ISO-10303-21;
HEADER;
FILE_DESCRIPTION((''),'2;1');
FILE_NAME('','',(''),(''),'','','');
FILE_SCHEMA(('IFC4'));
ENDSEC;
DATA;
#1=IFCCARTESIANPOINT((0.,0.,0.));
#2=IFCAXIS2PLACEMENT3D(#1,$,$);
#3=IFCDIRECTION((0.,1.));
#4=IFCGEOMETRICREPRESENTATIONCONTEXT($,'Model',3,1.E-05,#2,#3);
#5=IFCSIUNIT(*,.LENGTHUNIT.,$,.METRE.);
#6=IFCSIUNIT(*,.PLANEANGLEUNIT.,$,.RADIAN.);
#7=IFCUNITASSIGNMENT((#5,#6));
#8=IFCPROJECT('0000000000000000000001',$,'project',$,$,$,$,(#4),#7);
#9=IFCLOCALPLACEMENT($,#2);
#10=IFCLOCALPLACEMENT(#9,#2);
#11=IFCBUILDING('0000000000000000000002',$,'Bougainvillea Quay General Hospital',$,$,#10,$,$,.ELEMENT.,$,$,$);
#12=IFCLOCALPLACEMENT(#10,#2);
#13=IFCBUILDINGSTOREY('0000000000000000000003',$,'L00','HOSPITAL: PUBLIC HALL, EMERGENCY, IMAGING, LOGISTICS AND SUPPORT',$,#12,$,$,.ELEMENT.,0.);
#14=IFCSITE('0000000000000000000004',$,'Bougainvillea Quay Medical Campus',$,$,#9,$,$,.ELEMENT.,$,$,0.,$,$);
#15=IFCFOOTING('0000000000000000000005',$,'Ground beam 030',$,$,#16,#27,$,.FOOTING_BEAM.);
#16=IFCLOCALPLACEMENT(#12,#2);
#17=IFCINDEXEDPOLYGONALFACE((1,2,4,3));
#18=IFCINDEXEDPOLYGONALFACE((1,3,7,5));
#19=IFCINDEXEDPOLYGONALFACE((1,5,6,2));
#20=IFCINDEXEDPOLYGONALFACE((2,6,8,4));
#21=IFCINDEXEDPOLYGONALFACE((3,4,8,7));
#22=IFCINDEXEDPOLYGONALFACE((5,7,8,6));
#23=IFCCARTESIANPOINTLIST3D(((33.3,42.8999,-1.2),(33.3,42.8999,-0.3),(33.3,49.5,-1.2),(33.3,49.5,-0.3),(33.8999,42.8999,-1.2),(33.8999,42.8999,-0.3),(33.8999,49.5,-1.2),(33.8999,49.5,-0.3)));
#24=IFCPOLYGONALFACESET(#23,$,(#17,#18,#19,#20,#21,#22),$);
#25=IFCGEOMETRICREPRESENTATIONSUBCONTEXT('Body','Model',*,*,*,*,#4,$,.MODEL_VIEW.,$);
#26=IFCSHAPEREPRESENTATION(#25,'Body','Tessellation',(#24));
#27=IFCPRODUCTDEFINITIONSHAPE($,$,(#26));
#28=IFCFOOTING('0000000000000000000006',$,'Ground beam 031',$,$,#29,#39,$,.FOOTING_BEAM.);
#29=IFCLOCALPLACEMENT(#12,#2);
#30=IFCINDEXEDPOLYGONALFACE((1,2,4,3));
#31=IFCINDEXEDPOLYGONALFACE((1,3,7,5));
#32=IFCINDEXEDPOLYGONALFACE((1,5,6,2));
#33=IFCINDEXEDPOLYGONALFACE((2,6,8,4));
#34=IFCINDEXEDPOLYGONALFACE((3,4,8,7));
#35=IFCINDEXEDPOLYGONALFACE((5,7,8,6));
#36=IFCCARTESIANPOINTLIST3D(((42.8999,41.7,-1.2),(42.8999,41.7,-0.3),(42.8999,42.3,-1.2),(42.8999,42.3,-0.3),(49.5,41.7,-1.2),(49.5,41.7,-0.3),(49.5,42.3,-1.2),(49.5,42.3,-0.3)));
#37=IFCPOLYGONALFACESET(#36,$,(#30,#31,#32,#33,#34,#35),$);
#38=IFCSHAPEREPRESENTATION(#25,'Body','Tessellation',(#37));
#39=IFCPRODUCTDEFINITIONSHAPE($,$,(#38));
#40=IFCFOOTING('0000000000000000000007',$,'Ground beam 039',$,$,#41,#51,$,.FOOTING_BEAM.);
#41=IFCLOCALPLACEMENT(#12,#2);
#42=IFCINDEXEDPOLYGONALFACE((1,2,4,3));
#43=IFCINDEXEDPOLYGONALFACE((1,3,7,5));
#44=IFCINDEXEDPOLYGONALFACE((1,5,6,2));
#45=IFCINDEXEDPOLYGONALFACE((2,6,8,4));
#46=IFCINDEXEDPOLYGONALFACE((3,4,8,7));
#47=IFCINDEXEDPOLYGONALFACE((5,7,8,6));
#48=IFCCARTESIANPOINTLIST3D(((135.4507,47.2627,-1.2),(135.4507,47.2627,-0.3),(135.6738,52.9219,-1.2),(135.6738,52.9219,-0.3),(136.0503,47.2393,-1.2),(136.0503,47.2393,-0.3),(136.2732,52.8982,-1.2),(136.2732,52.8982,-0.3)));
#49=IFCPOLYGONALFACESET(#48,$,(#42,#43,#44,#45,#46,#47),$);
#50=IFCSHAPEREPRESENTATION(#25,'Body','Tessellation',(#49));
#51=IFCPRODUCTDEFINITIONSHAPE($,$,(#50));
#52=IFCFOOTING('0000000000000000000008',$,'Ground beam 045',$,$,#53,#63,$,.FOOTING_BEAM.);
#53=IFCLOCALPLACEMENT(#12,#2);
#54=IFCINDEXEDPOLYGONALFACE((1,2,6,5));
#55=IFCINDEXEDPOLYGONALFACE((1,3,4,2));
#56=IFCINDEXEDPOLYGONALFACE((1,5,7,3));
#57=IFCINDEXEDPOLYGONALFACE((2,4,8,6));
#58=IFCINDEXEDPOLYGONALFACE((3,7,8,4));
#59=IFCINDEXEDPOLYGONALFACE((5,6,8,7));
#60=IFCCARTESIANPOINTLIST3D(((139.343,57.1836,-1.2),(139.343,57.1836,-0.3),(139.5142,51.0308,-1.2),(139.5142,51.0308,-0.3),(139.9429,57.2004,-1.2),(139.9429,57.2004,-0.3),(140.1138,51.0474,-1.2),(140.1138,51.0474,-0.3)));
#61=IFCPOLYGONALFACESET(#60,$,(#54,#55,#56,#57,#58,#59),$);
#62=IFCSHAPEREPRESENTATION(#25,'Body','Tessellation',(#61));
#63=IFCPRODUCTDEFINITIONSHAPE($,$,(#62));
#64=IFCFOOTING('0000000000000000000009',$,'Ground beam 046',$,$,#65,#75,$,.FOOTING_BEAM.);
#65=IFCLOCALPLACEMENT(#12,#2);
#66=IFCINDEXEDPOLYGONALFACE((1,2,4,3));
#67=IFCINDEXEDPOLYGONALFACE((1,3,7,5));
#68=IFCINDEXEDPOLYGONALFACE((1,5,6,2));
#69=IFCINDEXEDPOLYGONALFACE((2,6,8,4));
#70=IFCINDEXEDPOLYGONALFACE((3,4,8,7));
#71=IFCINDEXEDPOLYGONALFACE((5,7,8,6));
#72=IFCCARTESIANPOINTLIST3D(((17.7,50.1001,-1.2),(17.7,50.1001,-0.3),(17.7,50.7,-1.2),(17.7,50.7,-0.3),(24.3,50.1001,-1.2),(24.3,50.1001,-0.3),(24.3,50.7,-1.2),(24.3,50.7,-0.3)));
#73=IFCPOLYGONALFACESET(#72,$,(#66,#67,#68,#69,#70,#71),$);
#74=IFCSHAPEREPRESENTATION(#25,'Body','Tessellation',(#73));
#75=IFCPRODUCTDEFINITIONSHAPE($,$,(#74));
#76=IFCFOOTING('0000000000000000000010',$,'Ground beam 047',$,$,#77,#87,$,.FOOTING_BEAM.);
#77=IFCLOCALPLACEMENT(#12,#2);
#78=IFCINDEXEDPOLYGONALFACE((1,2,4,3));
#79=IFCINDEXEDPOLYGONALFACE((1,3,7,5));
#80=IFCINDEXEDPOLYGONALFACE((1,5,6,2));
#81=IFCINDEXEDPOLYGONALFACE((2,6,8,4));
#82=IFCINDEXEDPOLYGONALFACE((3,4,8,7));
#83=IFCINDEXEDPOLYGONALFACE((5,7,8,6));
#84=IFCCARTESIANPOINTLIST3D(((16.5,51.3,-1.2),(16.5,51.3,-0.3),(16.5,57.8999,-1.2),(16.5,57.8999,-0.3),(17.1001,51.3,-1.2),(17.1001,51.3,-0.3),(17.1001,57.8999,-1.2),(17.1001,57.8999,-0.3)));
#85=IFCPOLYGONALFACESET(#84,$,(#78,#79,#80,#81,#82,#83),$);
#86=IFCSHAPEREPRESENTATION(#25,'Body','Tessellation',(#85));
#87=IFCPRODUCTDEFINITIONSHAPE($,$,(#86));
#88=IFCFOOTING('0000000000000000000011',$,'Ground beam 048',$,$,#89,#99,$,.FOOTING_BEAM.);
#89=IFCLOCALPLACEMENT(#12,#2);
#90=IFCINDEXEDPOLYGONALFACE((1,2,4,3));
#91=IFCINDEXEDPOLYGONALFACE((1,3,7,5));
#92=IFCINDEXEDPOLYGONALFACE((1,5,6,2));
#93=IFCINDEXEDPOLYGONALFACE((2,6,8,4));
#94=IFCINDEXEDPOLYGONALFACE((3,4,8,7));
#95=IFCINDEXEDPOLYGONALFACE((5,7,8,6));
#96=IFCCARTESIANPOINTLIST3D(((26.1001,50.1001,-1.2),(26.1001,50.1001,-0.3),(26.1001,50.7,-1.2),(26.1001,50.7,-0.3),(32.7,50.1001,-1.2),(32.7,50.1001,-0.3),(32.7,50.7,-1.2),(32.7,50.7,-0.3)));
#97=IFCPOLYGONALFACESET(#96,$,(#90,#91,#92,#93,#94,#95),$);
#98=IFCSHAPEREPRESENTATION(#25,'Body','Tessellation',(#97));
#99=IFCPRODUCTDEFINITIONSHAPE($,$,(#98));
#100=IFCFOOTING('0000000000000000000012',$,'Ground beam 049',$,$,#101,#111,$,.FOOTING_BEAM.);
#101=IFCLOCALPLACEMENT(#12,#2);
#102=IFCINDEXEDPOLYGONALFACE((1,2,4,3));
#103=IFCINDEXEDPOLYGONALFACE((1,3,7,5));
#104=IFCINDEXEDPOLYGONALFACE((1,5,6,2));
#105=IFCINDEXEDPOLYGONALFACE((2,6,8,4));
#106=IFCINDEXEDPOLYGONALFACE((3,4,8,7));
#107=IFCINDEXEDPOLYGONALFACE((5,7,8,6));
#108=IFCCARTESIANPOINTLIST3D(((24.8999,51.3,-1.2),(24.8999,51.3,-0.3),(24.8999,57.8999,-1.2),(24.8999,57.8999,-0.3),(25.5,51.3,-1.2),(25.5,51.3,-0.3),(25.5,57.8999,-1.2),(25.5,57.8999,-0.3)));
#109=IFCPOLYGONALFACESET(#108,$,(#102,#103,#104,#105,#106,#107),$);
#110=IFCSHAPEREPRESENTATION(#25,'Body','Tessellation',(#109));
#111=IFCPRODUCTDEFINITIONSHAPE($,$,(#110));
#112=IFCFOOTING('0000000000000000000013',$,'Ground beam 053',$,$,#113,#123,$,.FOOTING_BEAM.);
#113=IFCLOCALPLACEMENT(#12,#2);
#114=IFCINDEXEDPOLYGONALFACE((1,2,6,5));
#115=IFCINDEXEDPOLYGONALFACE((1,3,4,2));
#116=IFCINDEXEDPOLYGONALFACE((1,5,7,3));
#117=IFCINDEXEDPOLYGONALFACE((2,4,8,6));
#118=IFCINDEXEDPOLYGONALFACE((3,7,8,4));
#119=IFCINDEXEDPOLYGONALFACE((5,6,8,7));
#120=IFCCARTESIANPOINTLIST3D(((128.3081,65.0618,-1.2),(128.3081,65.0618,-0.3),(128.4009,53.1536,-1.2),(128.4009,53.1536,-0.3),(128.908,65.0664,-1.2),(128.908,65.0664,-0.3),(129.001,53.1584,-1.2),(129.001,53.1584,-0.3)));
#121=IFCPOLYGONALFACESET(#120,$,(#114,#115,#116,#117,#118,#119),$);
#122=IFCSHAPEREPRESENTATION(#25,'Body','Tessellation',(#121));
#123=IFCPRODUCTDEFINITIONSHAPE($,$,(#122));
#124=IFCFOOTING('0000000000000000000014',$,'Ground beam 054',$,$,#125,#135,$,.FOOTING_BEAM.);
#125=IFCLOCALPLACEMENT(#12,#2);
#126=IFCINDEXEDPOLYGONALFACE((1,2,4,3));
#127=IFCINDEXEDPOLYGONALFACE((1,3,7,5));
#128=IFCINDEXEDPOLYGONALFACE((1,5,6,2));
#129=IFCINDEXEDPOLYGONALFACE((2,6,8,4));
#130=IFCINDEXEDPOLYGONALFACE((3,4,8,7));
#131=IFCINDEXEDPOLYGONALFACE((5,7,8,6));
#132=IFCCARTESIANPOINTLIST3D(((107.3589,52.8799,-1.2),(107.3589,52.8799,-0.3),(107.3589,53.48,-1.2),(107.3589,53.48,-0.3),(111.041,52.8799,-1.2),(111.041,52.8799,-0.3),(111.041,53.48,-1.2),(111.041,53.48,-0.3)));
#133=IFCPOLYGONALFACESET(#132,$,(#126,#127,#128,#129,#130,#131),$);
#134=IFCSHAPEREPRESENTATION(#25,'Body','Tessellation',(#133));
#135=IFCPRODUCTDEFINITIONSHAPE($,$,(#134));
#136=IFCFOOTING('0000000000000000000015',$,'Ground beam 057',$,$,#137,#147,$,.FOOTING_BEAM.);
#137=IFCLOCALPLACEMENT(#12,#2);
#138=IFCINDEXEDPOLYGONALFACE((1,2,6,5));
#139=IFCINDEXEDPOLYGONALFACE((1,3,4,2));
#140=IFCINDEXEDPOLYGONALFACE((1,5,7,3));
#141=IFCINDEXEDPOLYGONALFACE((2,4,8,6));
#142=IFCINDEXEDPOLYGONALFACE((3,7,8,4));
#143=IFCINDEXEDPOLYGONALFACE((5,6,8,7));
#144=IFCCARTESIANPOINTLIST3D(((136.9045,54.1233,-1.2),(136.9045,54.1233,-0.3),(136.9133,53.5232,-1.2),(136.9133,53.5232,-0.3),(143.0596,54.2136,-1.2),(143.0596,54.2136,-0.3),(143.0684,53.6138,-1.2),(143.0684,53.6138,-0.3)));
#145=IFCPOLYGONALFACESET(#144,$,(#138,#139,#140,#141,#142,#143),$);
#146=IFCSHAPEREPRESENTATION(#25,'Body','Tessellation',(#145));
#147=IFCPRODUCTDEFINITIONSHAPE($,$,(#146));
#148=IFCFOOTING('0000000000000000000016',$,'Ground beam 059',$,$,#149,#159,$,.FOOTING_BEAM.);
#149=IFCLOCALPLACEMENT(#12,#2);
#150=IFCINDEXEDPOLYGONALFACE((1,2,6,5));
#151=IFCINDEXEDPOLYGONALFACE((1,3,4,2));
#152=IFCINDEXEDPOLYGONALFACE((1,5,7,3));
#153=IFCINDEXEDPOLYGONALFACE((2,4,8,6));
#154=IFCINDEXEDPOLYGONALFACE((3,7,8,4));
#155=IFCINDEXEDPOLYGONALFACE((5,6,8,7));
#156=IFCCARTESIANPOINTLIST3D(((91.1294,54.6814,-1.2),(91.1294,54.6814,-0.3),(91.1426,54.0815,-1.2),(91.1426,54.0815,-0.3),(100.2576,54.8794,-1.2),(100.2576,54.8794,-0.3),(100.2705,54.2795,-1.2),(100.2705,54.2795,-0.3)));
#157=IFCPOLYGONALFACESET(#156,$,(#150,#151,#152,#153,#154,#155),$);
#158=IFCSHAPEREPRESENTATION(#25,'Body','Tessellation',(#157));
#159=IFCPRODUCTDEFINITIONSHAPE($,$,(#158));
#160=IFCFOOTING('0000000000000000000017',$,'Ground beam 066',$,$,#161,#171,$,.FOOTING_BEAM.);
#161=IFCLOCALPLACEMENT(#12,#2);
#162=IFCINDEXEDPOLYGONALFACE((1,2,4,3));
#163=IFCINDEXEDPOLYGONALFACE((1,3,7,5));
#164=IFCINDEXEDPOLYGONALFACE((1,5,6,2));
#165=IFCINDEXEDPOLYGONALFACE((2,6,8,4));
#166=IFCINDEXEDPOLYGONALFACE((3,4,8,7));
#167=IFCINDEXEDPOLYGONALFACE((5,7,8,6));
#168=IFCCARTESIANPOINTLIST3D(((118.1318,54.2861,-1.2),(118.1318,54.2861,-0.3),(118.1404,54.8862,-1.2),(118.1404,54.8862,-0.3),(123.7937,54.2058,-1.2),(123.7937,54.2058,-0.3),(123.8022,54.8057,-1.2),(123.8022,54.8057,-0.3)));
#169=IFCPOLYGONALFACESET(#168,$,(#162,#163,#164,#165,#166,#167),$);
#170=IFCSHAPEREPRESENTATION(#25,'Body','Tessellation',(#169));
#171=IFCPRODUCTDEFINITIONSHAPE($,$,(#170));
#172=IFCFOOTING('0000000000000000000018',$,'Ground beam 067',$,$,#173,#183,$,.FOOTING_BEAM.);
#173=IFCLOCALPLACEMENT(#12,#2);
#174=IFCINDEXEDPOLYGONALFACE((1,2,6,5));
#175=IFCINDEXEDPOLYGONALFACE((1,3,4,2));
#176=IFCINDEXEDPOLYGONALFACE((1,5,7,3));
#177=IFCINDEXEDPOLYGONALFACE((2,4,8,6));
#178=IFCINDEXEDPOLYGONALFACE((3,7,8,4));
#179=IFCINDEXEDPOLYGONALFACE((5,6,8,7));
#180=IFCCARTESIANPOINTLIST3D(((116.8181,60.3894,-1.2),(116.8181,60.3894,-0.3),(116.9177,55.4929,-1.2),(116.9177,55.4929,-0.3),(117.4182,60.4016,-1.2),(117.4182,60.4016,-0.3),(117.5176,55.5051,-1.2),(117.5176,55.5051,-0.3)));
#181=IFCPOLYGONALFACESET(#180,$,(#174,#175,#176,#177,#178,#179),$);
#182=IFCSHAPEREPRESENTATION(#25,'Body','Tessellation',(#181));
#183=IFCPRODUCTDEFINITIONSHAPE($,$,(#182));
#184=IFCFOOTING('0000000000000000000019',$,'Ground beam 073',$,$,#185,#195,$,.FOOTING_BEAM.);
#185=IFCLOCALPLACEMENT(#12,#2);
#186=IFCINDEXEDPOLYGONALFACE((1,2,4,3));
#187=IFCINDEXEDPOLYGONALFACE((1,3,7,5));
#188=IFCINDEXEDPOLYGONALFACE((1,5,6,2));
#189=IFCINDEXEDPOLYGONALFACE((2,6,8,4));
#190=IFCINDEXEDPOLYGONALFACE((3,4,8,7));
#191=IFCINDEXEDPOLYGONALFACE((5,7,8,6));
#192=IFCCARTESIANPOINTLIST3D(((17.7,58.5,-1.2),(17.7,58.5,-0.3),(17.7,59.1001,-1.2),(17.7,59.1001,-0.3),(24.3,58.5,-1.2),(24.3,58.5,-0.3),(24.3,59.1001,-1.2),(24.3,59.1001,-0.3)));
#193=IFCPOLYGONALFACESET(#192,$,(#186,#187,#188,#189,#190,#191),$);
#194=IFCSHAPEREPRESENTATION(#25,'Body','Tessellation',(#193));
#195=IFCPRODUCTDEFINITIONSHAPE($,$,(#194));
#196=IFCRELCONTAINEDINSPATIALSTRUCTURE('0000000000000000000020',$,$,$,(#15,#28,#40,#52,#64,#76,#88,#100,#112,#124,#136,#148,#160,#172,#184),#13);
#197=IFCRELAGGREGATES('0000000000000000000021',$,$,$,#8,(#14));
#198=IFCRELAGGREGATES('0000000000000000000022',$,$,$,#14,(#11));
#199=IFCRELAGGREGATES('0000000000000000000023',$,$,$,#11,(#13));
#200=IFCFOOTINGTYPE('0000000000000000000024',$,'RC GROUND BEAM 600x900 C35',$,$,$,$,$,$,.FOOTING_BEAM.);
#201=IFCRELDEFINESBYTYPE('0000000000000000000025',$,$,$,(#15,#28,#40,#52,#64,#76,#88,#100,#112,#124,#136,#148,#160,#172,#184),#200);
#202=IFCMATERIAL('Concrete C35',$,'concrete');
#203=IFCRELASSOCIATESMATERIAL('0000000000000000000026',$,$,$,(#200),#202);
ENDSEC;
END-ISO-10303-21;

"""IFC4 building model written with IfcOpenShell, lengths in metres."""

from ifc_helpers import new_model, si_unit, direction, frame, origin, origin_2d, place, context, subcontext, project, spatial, polyline, rectangle, outline, extrude, material, material_profile, profile_set, type_object, element, save


model = new_model("IFC4")

# Units and contexts
model_context = context("Model", 3, precision=1e-05, world=origin(), true_north=direction((0.0, 1.0)))
body_context = subcontext(model_context, "Body", "Model", "MODEL_VIEW")
ifc_project = project(units=[si_unit("LENGTHUNIT", "METRE"), si_unit("PLANEANGLEUNIT", "RADIAN")], contexts=[model_context])

# Site, building, storey
site_placement = place(None, origin())
site = spatial("IfcSite", under=ifc_project, at=site_placement, Name="Bougainvillea Quay Medical Campus", CompositionType="ELEMENT", RefElevation=0.0)
building_placement = place(site_placement, origin())
building = spatial("IfcBuilding", under=site, at=building_placement, Name="Bougainvillea Quay General Hospital", CompositionType="ELEMENT")
storey_placement = place(building_placement, origin())
storey = spatial("IfcBuildingStorey", under=building, at=storey_placement, Name="L00", Description="HOSPITAL: PUBLIC HALL, EMERGENCY, IMAGING, LOGISTICS AND SUPPORT", CompositionType="ELEMENT", Elevation=0.0)

# Footings
ifc_material = material(Name="Concrete C35", Category="concrete")
ifc_material_profile = material_profile(ifc_material, rectangle(XDim=0.6001, YDim=0.8999, at=origin_2d()))
ifc_profile_set = profile_set([ifc_material_profile], Name="Concrete C35")
footing_type = type_object("IfcFootingType", Name="RC GROUND BEAM 600x900 C35", PredefinedType="FOOTING_BEAM", material=ifc_profile_set)
footing_1_placement = place(storey_placement, frame((0.0, 0.0, -1.2)))
element("IfcFooting", 1, at=footing_1_placement, inside=storey, type_object=footing_type, Name="Ground beam 030", PredefinedType="FOOTING_BEAM", context=body_context, shape_type="SweptSolid", body=[
    extrude(outline(polyline([(33.3, 42.8999), (33.3, 49.5), (33.8999, 49.5), (33.8999, 42.8999), (33.3, 42.8999)])), origin(), (0.0, 0.0, 1.0), 0.8999),
])
footing_2_placement = place(storey_placement, frame((0.0, 0.0, -1.2)))
element("IfcFooting", 2, at=footing_2_placement, inside=storey, type_object=footing_type, Name="Ground beam 031", PredefinedType="FOOTING_BEAM", context=body_context, shape_type="SweptSolid", body=[
    extrude(outline(polyline([(42.8999, 42.3), (49.5, 42.3), (49.5, 41.7), (42.8999, 41.7), (42.8999, 42.3)])), origin(), (0.0, 0.0, 1.0), 0.8999),
])
footing_3_placement = place(storey_placement, frame((0.0, 0.0, -1.2)))
element("IfcFooting", 3, at=footing_3_placement, inside=storey, type_object=footing_type, Name="Ground beam 039", PredefinedType="FOOTING_BEAM", context=body_context, shape_type="SweptSolid", body=[
    extrude(outline(polyline([(135.4507, 47.2627), (135.6738, 52.9219), (136.2732, 52.8982), (136.0503, 47.2393), (135.4507, 47.2627)])), origin(), (0.0, 0.0, 1.0), 0.8999),
])
footing_4_placement = place(storey_placement, frame((0.0, 0.0, -1.2)))
element("IfcFooting", 4, at=footing_4_placement, inside=storey, type_object=footing_type, Name="Ground beam 045", PredefinedType="FOOTING_BEAM", context=body_context, shape_type="SweptSolid", body=[
    extrude(outline(polyline([(139.5142, 51.0308), (139.343, 57.1836), (139.9429, 57.2004), (140.1138, 51.0474), (139.5142, 51.0308)])), origin(), (0.0, 0.0, 1.0), 0.8999),
])
footing_5_placement = place(storey_placement, frame((0.0, 0.0, -1.2)))
element("IfcFooting", 5, at=footing_5_placement, inside=storey, type_object=footing_type, Name="Ground beam 046", PredefinedType="FOOTING_BEAM", context=body_context, shape_type="SweptSolid", body=[
    extrude(outline(polyline([(17.7, 50.7), (24.3, 50.7), (24.3, 50.1001), (17.7, 50.1001), (17.7, 50.7)])), origin(), (0.0, 0.0, 1.0), 0.8999),
])
footing_6_placement = place(storey_placement, frame((0.0, 0.0, -1.2)))
element("IfcFooting", 6, at=footing_6_placement, inside=storey, type_object=footing_type, Name="Ground beam 047", PredefinedType="FOOTING_BEAM", context=body_context, shape_type="SweptSolid", body=[
    extrude(outline(polyline([(16.5, 51.3), (16.5, 57.8999), (17.1001, 57.8999), (17.1001, 51.3), (16.5, 51.3)])), origin(), (0.0, 0.0, 1.0), 0.8999),
])
footing_7_placement = place(storey_placement, frame((0.0, 0.0, -1.2)))
element("IfcFooting", 7, at=footing_7_placement, inside=storey, type_object=footing_type, Name="Ground beam 048", PredefinedType="FOOTING_BEAM", context=body_context, shape_type="SweptSolid", body=[
    extrude(outline(polyline([(26.1001, 50.7), (32.7, 50.7), (32.7, 50.1001), (26.1001, 50.1001), (26.1001, 50.7)])), origin(), (0.0, 0.0, 1.0), 0.8999),
])
footing_8_placement = place(storey_placement, frame((0.0, 0.0, -1.2)))
element("IfcFooting", 8, at=footing_8_placement, inside=storey, type_object=footing_type, Name="Ground beam 049", PredefinedType="FOOTING_BEAM", context=body_context, shape_type="SweptSolid", body=[
    extrude(outline(polyline([(24.8999, 51.3), (24.8999, 57.8999), (25.5, 57.8999), (25.5, 51.3), (24.8999, 51.3)])), origin(), (0.0, 0.0, 1.0), 0.8999),
])
footing_9_placement = place(storey_placement, frame((0.0, 0.0, -1.2)))
element("IfcFooting", 9, at=footing_9_placement, inside=storey, type_object=footing_type, Name="Ground beam 053", PredefinedType="FOOTING_BEAM", context=body_context, shape_type="SweptSolid", body=[
    extrude(outline(polyline([(128.4009, 53.1536), (128.3081, 65.0618), (128.908, 65.0664), (129.001, 53.1584), (128.4009, 53.1536)])), origin(), (0.0, 0.0, 1.0), 0.8999),
])
footing_10_placement = place(storey_placement, frame((0.0, 0.0, -1.2)))
element("IfcFooting", 10, at=footing_10_placement, inside=storey, type_object=footing_type, Name="Ground beam 054", PredefinedType="FOOTING_BEAM", context=body_context, shape_type="SweptSolid", body=[
    extrude(outline(polyline([(107.3589, 53.48), (111.041, 53.48), (111.041, 52.8799), (107.3589, 52.8799), (107.3589, 53.48)])), origin(), (0.0, 0.0, 1.0), 0.8999),
])
footing_11_placement = place(storey_placement, frame((0.0, 0.0, -1.2)))
element("IfcFooting", 11, at=footing_11_placement, inside=storey, type_object=footing_type, Name="Ground beam 057", PredefinedType="FOOTING_BEAM", context=body_context, shape_type="SweptSolid", body=[
    extrude(outline(polyline([(136.9045, 54.1233), (143.0596, 54.2136), (143.0684, 53.6138), (136.9133, 53.5232), (136.9045, 54.1233)])), origin(), (0.0, 0.0, 1.0), 0.8999),
])
footing_12_placement = place(storey_placement, frame((0.0, 0.0, -1.2)))
element("IfcFooting", 12, at=footing_12_placement, inside=storey, type_object=footing_type, Name="Ground beam 059", PredefinedType="FOOTING_BEAM", context=body_context, shape_type="SweptSolid", body=[
    extrude(outline(polyline([(91.1294, 54.6814), (100.2576, 54.8794), (100.2705, 54.2795), (91.1426, 54.0815), (91.1294, 54.6814)])), origin(), (0.0, 0.0, 1.0), 0.8999),
])
footing_13_placement = place(storey_placement, frame((0.0, 0.0, -1.2)))
element("IfcFooting", 13, at=footing_13_placement, inside=storey, type_object=footing_type, Name="Ground beam 066", PredefinedType="FOOTING_BEAM", context=body_context, shape_type="SweptSolid", body=[
    extrude(outline(polyline([(118.1404, 54.8862), (123.8022, 54.8057), (123.7937, 54.2058), (118.1318, 54.2861), (118.1404, 54.8862)])), origin(), (0.0, 0.0, 1.0), 0.8999),
])
footing_14_placement = place(storey_placement, frame((0.0, 0.0, -1.2)))
element("IfcFooting", 14, at=footing_14_placement, inside=storey, type_object=footing_type, Name="Ground beam 067", PredefinedType="FOOTING_BEAM", context=body_context, shape_type="SweptSolid", body=[
    extrude(outline(polyline([(116.9177, 55.4929), (116.8181, 60.3894), (117.4182, 60.4016), (117.5176, 55.5051), (116.9177, 55.4929)])), origin(), (0.0, 0.0, 1.0), 0.8999),
])
footing_15_placement = place(storey_placement, frame((0.0, 0.0, -1.2)))
element("IfcFooting", 15, at=footing_15_placement, inside=storey, type_object=footing_type, Name="Ground beam 073", PredefinedType="FOOTING_BEAM", context=body_context, shape_type="SweptSolid", body=[
    extrude(outline(polyline([(17.7, 59.1001), (24.3, 59.1001), (24.3, 58.5), (17.7, 58.5), (17.7, 59.1001)])), origin(), (0.0, 0.0, 1.0), 0.8999),
])

save(model, "model.ifc")
